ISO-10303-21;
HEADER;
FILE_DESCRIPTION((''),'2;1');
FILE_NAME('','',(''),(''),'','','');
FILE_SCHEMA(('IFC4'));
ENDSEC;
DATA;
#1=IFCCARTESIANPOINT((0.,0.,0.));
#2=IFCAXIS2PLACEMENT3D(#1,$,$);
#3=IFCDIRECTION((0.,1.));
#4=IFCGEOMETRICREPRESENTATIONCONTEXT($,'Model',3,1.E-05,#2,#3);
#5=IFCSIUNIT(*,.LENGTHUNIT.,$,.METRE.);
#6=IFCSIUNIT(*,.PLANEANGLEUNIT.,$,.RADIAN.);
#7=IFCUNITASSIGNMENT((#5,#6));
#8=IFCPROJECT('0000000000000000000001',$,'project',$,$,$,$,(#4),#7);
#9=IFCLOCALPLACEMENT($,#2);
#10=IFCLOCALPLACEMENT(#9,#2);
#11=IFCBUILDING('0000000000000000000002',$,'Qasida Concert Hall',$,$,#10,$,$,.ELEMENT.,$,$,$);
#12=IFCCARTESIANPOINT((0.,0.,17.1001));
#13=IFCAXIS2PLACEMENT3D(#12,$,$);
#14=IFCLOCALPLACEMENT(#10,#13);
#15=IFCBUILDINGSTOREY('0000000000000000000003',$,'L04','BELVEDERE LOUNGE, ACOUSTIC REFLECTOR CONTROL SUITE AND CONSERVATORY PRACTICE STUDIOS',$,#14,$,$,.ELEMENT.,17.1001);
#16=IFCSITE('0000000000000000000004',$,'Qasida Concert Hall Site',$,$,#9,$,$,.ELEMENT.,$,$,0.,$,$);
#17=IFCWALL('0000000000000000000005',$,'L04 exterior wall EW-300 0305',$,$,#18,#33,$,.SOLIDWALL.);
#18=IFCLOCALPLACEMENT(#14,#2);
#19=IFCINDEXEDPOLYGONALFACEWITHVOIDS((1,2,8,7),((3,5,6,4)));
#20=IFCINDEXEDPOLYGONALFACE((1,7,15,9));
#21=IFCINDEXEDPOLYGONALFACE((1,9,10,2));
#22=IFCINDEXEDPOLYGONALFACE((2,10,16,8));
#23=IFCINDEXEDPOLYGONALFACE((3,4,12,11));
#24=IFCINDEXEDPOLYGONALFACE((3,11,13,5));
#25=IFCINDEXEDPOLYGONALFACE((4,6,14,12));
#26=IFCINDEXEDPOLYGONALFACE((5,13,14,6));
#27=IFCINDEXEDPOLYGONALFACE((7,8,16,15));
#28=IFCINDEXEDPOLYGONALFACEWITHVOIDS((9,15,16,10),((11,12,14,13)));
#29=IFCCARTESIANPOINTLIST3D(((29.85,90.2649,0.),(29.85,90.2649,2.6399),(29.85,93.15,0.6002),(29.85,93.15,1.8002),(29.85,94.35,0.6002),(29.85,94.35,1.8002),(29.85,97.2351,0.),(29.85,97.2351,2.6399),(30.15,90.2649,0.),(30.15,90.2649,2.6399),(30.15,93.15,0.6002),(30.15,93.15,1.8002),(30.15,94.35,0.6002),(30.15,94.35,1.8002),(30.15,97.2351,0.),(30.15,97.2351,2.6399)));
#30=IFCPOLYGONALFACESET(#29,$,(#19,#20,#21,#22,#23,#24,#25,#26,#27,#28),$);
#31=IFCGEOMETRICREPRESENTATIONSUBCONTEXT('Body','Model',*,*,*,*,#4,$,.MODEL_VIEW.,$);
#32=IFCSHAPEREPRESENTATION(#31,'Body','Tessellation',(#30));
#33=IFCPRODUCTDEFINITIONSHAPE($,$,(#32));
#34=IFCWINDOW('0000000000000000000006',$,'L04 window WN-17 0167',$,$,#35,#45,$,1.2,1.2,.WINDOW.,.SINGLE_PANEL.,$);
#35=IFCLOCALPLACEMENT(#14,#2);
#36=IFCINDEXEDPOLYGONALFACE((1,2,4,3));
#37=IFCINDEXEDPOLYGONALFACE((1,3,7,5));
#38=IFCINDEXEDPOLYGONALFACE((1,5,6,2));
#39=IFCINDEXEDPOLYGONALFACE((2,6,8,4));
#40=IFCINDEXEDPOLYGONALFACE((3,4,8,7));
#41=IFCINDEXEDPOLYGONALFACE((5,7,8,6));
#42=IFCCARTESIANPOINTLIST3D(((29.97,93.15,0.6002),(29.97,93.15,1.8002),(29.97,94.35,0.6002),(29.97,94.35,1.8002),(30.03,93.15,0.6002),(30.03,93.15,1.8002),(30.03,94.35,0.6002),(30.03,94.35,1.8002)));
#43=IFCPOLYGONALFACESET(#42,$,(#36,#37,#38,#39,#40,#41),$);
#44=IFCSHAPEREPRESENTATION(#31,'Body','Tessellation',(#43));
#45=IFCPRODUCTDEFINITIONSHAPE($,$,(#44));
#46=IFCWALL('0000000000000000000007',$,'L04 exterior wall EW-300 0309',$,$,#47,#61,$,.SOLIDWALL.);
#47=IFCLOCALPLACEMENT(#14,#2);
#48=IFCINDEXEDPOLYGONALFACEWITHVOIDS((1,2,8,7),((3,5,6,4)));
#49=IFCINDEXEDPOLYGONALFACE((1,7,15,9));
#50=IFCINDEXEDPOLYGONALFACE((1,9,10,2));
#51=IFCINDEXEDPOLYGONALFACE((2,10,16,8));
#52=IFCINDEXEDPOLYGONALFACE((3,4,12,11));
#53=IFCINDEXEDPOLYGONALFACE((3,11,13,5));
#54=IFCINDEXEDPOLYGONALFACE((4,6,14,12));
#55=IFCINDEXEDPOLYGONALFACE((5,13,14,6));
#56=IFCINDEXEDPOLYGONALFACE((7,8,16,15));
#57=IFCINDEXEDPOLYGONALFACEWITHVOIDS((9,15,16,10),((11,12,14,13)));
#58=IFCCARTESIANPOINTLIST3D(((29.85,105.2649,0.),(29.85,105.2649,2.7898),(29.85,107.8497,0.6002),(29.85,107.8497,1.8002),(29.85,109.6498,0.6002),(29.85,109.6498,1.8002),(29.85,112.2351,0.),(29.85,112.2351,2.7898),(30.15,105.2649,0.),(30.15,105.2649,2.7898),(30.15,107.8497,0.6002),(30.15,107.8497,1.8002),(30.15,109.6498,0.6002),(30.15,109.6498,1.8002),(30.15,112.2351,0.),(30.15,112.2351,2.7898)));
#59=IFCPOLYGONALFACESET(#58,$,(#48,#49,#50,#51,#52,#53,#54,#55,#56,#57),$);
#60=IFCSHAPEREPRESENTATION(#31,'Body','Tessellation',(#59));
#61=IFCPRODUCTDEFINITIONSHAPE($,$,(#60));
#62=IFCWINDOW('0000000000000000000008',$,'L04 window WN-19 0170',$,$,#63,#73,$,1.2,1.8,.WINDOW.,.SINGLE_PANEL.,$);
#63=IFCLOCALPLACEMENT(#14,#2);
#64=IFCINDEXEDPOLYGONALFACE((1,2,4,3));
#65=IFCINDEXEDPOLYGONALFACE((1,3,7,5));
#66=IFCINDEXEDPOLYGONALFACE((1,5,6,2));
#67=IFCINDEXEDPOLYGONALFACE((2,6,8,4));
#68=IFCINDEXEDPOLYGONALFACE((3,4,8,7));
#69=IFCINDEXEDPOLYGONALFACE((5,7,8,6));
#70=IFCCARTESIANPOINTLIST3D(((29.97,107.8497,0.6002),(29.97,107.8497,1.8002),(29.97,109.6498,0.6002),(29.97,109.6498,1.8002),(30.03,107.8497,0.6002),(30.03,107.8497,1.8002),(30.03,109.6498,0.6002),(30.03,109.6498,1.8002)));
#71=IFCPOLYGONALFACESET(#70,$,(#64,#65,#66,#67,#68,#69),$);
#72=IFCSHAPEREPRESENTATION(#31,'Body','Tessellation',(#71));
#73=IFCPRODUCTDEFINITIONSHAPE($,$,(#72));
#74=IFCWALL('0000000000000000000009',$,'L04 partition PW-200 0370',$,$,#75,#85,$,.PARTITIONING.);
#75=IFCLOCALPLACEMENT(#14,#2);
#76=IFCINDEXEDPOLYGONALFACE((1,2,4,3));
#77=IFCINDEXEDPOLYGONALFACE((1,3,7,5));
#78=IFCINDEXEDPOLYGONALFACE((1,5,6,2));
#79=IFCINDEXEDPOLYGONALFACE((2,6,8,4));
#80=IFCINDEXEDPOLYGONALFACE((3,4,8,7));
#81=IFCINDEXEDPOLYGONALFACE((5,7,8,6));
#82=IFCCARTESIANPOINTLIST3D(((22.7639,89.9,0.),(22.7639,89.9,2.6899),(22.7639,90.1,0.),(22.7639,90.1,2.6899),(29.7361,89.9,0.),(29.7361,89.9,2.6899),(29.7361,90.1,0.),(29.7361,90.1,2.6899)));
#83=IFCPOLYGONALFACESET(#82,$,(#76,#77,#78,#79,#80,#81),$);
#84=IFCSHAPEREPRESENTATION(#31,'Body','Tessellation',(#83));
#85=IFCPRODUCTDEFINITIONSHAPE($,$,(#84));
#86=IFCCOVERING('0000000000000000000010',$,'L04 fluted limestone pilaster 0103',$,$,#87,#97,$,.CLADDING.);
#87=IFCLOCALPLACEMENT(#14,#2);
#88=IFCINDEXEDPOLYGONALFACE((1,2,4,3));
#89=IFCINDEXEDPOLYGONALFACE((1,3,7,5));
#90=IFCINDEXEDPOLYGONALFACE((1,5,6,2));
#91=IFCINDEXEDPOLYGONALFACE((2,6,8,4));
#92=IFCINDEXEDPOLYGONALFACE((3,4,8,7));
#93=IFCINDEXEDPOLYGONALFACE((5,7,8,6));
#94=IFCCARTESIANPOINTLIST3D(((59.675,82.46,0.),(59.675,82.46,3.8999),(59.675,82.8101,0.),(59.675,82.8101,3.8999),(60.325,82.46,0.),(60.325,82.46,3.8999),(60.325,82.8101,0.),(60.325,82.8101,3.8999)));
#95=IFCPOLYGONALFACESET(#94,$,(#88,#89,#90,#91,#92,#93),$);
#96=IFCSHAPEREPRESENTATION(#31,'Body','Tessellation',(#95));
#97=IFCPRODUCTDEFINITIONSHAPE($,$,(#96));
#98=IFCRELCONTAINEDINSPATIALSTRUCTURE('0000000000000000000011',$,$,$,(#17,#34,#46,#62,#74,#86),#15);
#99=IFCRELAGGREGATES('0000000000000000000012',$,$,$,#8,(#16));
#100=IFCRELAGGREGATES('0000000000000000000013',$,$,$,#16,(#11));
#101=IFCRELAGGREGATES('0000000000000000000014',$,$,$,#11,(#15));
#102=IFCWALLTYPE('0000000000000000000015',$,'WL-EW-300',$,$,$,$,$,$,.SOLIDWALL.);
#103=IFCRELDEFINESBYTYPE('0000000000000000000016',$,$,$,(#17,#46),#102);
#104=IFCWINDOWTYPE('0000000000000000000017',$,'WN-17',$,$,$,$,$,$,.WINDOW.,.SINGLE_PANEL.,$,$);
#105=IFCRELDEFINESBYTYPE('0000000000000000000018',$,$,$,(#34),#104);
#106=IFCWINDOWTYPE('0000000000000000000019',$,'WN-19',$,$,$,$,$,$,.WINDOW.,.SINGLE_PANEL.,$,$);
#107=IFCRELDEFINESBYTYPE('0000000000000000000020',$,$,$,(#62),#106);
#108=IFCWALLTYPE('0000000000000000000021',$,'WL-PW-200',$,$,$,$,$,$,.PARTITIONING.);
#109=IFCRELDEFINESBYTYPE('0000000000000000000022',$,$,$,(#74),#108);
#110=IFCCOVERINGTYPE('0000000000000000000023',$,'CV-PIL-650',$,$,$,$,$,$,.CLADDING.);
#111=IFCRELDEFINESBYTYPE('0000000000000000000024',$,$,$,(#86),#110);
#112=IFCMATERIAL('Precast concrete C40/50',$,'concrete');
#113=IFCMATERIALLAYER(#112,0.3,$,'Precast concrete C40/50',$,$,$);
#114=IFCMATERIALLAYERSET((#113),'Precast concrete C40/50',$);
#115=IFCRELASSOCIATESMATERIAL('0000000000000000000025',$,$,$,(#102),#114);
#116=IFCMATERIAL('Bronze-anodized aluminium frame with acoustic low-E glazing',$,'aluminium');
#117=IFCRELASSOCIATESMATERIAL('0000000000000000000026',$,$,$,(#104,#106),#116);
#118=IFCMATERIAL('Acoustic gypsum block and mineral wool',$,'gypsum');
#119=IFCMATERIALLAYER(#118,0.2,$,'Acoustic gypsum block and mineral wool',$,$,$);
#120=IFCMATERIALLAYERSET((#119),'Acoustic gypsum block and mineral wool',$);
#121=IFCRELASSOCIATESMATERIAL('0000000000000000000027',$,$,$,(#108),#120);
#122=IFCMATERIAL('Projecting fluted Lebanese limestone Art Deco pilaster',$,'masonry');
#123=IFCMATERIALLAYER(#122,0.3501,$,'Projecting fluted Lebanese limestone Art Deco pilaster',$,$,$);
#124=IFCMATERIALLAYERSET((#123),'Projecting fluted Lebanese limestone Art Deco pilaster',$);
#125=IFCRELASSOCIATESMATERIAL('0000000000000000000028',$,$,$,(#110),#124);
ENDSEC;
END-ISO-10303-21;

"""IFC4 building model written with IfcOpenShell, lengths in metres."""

from ifc_helpers import new_model, si_unit, direction, frame, frame_2d, origin, origin_2d, place, context, subcontext, project, spatial, rectangle, extrude, material, layer, layer_set, type_object, element, fill, save


model = new_model("IFC4")

# Units and contexts
model_context = context("Model", 3, precision=1e-05, world=origin(), true_north=direction((0.0, 1.0)))
body_context = subcontext(model_context, "Body", "Model", "MODEL_VIEW")
ifc_project = project(units=[si_unit("LENGTHUNIT", "METRE"), si_unit("PLANEANGLEUNIT", "RADIAN")], contexts=[model_context])

# Site, building, storey
site_placement = place(None, origin())
site = spatial("IfcSite", under=ifc_project, at=site_placement, Name="Qasida Concert Hall Site", CompositionType="ELEMENT", RefElevation=0.0)
building_placement = place(site_placement, origin())
building = spatial("IfcBuilding", under=site, at=building_placement, Name="Qasida Concert Hall", CompositionType="ELEMENT")
storey_placement = place(building_placement, frame((0.0, 0.0, 17.1001)))
storey = spatial("IfcBuildingStorey", under=building, at=storey_placement, Name="L04", Description="BELVEDERE LOUNGE, ACOUSTIC REFLECTOR CONTROL SUITE AND CONSERVATORY PRACTICE STUDIOS", CompositionType="ELEMENT", Elevation=17.1001)

# Shared definitions
ifc_material_1 = material(Name="Precast concrete C40/50", Category="concrete")

# Walls, openings, windows
ifc_layer_1 = layer(ifc_material_1, 0.3, Name="Precast concrete C40/50")
ifc_layer_set_1 = layer_set([ifc_layer_1], Name="Precast concrete C40/50")
wall_type_1 = type_object("IfcWallType", Name="WL-EW-300", PredefinedType="SOLIDWALL", material=ifc_layer_set_1)
ifc_material_2 = material(Name="Bronze-anodized aluminium frame with acoustic low-E glazing", Category="aluminium")
wall_1_placement = place(storey_placement, frame((30.0, 90.2649, 0.0), z_axis=(0.0, 0.0, 1.0), x_axis=(0.0, 1.0, 0.0)))
wall_1 = element("IfcWall", 1, at=wall_1_placement, inside=storey, type_object=wall_type_1, Name="L04 exterior wall EW-300 0305", PredefinedType="SOLIDWALL", context=body_context, shape_type="SweptSolid", body=[
    extrude(rectangle(XDim=6.9702, YDim=0.3, at=frame_2d((3.4851, 0.0))), origin(), (0.0, 0.0, 1.0), 2.6399),
])
opening_1_placement = place(wall_1_placement, frame((2.885, 0.0, 0.6001)))
opening_1 = element("IfcOpeningElement", 2, at=opening_1_placement, cuts=wall_1, PredefinedType="OPENING", context=body_context, shape_type="SweptSolid", body=[
    extrude(rectangle(XDim=1.2, YDim=1.2, at=frame_2d((0.6001, 0.6001))), frame((0.0, 0.1599, 0.0), z_axis=(0.0, -1.0, 0.0), x_axis=(1.0, 0.0, 0.0)), (0.0, 0.0, 1.0), 0.3201),
])
window_type_1 = type_object("IfcWindowType", Name="WN-17", PartitioningType="SINGLE_PANEL", PredefinedType="WINDOW", material=ifc_material_2)
window_1_placement = place(opening_1_placement, origin())
window_1 = element("IfcWindow", 3, at=window_1_placement, inside=storey, type_object=window_type_1, Name="L04 window WN-17 0167", OverallHeight=1.2, OverallWidth=1.2, PartitioningType="SINGLE_PANEL", PredefinedType="WINDOW", context=body_context, shape_type="SweptSolid", body=[
    extrude(rectangle(XDim=1.2, YDim=1.2, at=frame_2d((0.6001, 0.6001))), frame((0.0, 0.03, 0.0), z_axis=(0.0, -1.0, 0.0), x_axis=(1.0, 0.0, 0.0)), (0.0, 0.0, 1.0), 0.0601),
])
fill(opening_1, window_1)
wall_2_placement = place(storey_placement, frame((30.0, 105.2649, 0.0), z_axis=(0.0, 0.0, 1.0), x_axis=(0.0, 1.0, 0.0)))
wall_2 = element("IfcWall", 4, at=wall_2_placement, inside=storey, type_object=wall_type_1, Name="L04 exterior wall EW-300 0309", PredefinedType="SOLIDWALL", context=body_context, shape_type="SweptSolid", body=[
    extrude(rectangle(XDim=6.9702, YDim=0.3, at=frame_2d((3.4851, 0.0))), origin(), (0.0, 0.0, 1.0), 2.7898),
])
opening_2_placement = place(wall_2_placement, frame((2.585, 0.0, 0.6001)))
opening_2 = element("IfcOpeningElement", 5, at=opening_2_placement, cuts=wall_2, PredefinedType="OPENING", context=body_context, shape_type="SweptSolid", body=[
    extrude(rectangle(XDim=1.8, YDim=1.2, at=frame_2d((0.8999, 0.6001))), frame((0.0, 0.1599, 0.0), z_axis=(0.0, -1.0, 0.0), x_axis=(1.0, 0.0, 0.0)), (0.0, 0.0, 1.0), 0.3201),
])
window_type_2 = type_object("IfcWindowType", Name="WN-19", PartitioningType="SINGLE_PANEL", PredefinedType="WINDOW", material=ifc_material_2)
window_2_placement = place(opening_2_placement, origin())
window_2 = element("IfcWindow", 6, at=window_2_placement, inside=storey, type_object=window_type_2, Name="L04 window WN-19 0170", OverallHeight=1.2, OverallWidth=1.8, PartitioningType="SINGLE_PANEL", PredefinedType="WINDOW", context=body_context, shape_type="SweptSolid", body=[
    extrude(rectangle(XDim=1.8, YDim=1.2, at=frame_2d((0.8999, 0.6001))), frame((0.0, 0.03, 0.0), z_axis=(0.0, -1.0, 0.0), x_axis=(1.0, 0.0, 0.0)), (0.0, 0.0, 1.0), 0.0601),
])
fill(opening_2, window_2)

# Wall
ifc_material_3 = material(Name="Acoustic gypsum block and mineral wool", Category="gypsum")
ifc_layer_2 = layer(ifc_material_3, 0.2, Name="Acoustic gypsum block and mineral wool")
ifc_layer_set_2 = layer_set([ifc_layer_2], Name="Acoustic gypsum block and mineral wool")
wall_type_2 = type_object("IfcWallType", Name="WL-PW-200", PredefinedType="PARTITIONING", material=ifc_layer_set_2)
wall_3_placement = place(storey_placement, frame((22.7639, 90.0, 0.0), z_axis=(0.0, 0.0, 1.0), x_axis=(1.0, 0.0, 0.0)))
element("IfcWall", 7, at=wall_3_placement, inside=storey, type_object=wall_type_2, Name="L04 partition PW-200 0370", PredefinedType="PARTITIONING", context=body_context, shape_type="SweptSolid", body=[
    extrude(rectangle(XDim=6.9722, YDim=0.2, at=frame_2d((3.4861, 0.0))), origin(), (0.0, 0.0, 1.0), 2.6899),
])

# Covering
ifc_material_4 = material(Name="Projecting fluted Lebanese limestone Art Deco pilaster", Category="masonry")
ifc_layer_3 = layer(ifc_material_4, 0.3501, Name="Projecting fluted Lebanese limestone Art Deco pilaster")
ifc_layer_set_3 = layer_set([ifc_layer_3], Name="Projecting fluted Lebanese limestone Art Deco pilaster")
covering_type = type_object("IfcCoveringType", Name="CV-PIL-650", PredefinedType="CLADDING", material=ifc_layer_set_3)
covering_placement = place(storey_placement, frame((60.0, 82.635, 0.0), z_axis=(0.0, 0.0, 1.0), x_axis=(1.0, 0.0, 0.0)))
element("IfcCovering", 8, at=covering_placement, inside=storey, type_object=covering_type, Name="L04 fluted limestone pilaster 0103", PredefinedType="CLADDING", context=body_context, shape_type="SweptSolid", body=[
    extrude(rectangle(XDim=0.6499, YDim=0.3501, at=origin_2d()), origin(), (0.0, 0.0, 1.0), 3.8999),
])

save(model, "model.ifc")
